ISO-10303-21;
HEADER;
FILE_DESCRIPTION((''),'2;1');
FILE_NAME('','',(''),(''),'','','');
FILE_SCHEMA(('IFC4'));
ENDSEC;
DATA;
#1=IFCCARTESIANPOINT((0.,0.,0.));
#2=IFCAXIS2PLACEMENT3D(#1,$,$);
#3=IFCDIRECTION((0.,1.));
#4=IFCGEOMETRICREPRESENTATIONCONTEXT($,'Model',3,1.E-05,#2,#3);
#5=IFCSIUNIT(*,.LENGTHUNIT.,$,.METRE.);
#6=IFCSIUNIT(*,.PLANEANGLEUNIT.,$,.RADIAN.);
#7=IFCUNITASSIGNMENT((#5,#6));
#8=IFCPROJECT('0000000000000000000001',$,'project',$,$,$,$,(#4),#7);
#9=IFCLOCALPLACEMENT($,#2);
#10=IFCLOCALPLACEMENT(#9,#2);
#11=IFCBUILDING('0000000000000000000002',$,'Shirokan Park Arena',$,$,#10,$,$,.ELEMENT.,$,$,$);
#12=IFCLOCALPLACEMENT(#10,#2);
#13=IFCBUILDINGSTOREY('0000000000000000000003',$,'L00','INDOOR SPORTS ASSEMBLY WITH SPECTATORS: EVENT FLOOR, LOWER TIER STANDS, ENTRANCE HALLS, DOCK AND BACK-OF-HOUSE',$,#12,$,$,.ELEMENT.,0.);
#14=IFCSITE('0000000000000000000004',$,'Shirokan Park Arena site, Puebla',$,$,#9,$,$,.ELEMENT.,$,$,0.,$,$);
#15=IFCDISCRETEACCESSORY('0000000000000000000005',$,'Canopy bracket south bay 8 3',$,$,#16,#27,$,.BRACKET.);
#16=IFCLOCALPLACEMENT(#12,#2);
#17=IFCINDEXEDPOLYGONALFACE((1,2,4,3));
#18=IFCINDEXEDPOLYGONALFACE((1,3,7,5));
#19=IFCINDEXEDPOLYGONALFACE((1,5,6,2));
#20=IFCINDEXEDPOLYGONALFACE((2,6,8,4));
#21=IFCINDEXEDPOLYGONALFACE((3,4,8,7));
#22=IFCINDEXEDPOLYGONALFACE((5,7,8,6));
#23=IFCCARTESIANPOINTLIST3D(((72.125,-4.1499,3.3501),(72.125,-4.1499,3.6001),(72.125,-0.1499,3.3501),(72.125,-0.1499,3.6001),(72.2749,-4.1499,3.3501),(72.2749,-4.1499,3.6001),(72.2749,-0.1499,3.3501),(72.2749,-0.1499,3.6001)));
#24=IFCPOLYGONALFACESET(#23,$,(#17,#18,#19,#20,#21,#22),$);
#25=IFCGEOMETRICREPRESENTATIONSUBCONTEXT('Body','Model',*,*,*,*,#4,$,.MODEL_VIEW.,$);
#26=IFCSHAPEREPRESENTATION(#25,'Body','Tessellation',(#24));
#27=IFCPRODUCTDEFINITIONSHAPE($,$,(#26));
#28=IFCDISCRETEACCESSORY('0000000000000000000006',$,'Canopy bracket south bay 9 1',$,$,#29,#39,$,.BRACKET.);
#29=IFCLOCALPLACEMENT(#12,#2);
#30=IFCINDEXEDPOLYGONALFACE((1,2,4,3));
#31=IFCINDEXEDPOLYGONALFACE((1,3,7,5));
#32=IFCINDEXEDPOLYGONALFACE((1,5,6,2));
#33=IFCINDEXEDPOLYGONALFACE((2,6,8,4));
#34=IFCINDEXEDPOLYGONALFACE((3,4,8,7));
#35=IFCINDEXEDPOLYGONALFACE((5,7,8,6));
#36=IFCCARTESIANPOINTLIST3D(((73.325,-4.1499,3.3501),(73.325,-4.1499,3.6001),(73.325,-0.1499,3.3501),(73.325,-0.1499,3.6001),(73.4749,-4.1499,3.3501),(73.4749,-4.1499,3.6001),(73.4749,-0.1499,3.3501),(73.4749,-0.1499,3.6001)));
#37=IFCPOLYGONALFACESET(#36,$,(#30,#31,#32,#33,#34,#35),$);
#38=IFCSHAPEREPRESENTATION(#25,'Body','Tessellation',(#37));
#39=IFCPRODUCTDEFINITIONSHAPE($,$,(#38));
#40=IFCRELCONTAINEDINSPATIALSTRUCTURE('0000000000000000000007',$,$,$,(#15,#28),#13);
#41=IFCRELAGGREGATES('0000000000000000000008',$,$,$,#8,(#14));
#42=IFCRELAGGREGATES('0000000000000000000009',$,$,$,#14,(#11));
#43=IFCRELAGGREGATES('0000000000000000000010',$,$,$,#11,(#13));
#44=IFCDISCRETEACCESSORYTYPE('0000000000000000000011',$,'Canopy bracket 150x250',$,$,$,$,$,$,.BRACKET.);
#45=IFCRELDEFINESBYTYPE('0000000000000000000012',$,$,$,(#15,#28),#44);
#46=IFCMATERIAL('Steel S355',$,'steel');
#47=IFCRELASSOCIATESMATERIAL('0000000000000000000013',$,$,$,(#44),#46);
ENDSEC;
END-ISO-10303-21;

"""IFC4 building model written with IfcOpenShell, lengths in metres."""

from ifc_helpers import new_model, si_unit, direction, frame, origin, origin_2d, place, context, subcontext, project, spatial, rectangle, extrude, material, type_object, element, save


model = new_model("IFC4")

# Units and contexts
model_context = context("Model", 3, precision=1e-05, world=origin(), true_north=direction((0.0, 1.0)))
body_context = subcontext(model_context, "Body", "Model", "MODEL_VIEW")
ifc_project = project(units=[si_unit("LENGTHUNIT", "METRE"), si_unit("PLANEANGLEUNIT", "RADIAN")], contexts=[model_context])

# Site, building, storey
site_placement = place(None, origin())
site = spatial("IfcSite", under=ifc_project, at=site_placement, Name="Shirokan Park Arena site, Puebla", CompositionType="ELEMENT", RefElevation=0.0)
building_placement = place(site_placement, origin())
building = spatial("IfcBuilding", under=site, at=building_placement, Name="Shirokan Park Arena", CompositionType="ELEMENT")
storey_placement = place(building_placement, origin())
storey = spatial("IfcBuildingStorey", under=building, at=storey_placement, Name="L00", Description="INDOOR SPORTS ASSEMBLY WITH SPECTATORS: EVENT FLOOR, LOWER TIER STANDS, ENTRANCE HALLS, DOCK AND BACK-OF-HOUSE", CompositionType="ELEMENT", Elevation=0.0)

# Shared definitions
ifc_material_1 = material(Name="Steel S355", Category="steel")

# Discrete accessories
discrete_accessory_type = type_object("IfcDiscreteAccessoryType", Name="Canopy bracket 150x250", PredefinedType="BRACKET", material=ifc_material_1)
for number, where, z_axis, x_axis, name in (
    (1, (72.2, -2.1499, 3.3501), (0.0, 0.0, 1.0), (1.0, 0.0, 0.0), "Canopy bracket south bay 8 3"),
    (2, (73.3999, -2.1499, 3.3501), (0.0, 0.0, 1.0), (1.0, 0.0, 0.0), "Canopy bracket south bay 9 1"),
):
    element("IfcDiscreteAccessory", number, at=place(storey_placement, frame(where, z_axis=z_axis, x_axis=x_axis)), inside=storey, type_object=discrete_accessory_type, Name=name, PredefinedType="BRACKET", context=body_context, shape_type="SweptSolid", body=[
        extrude(rectangle(XDim=0.1499, YDim=4.0, at=origin_2d()), origin(), (0.0, 0.0, 1.0), 0.25),
    ])

save(model, "model.ifc")
